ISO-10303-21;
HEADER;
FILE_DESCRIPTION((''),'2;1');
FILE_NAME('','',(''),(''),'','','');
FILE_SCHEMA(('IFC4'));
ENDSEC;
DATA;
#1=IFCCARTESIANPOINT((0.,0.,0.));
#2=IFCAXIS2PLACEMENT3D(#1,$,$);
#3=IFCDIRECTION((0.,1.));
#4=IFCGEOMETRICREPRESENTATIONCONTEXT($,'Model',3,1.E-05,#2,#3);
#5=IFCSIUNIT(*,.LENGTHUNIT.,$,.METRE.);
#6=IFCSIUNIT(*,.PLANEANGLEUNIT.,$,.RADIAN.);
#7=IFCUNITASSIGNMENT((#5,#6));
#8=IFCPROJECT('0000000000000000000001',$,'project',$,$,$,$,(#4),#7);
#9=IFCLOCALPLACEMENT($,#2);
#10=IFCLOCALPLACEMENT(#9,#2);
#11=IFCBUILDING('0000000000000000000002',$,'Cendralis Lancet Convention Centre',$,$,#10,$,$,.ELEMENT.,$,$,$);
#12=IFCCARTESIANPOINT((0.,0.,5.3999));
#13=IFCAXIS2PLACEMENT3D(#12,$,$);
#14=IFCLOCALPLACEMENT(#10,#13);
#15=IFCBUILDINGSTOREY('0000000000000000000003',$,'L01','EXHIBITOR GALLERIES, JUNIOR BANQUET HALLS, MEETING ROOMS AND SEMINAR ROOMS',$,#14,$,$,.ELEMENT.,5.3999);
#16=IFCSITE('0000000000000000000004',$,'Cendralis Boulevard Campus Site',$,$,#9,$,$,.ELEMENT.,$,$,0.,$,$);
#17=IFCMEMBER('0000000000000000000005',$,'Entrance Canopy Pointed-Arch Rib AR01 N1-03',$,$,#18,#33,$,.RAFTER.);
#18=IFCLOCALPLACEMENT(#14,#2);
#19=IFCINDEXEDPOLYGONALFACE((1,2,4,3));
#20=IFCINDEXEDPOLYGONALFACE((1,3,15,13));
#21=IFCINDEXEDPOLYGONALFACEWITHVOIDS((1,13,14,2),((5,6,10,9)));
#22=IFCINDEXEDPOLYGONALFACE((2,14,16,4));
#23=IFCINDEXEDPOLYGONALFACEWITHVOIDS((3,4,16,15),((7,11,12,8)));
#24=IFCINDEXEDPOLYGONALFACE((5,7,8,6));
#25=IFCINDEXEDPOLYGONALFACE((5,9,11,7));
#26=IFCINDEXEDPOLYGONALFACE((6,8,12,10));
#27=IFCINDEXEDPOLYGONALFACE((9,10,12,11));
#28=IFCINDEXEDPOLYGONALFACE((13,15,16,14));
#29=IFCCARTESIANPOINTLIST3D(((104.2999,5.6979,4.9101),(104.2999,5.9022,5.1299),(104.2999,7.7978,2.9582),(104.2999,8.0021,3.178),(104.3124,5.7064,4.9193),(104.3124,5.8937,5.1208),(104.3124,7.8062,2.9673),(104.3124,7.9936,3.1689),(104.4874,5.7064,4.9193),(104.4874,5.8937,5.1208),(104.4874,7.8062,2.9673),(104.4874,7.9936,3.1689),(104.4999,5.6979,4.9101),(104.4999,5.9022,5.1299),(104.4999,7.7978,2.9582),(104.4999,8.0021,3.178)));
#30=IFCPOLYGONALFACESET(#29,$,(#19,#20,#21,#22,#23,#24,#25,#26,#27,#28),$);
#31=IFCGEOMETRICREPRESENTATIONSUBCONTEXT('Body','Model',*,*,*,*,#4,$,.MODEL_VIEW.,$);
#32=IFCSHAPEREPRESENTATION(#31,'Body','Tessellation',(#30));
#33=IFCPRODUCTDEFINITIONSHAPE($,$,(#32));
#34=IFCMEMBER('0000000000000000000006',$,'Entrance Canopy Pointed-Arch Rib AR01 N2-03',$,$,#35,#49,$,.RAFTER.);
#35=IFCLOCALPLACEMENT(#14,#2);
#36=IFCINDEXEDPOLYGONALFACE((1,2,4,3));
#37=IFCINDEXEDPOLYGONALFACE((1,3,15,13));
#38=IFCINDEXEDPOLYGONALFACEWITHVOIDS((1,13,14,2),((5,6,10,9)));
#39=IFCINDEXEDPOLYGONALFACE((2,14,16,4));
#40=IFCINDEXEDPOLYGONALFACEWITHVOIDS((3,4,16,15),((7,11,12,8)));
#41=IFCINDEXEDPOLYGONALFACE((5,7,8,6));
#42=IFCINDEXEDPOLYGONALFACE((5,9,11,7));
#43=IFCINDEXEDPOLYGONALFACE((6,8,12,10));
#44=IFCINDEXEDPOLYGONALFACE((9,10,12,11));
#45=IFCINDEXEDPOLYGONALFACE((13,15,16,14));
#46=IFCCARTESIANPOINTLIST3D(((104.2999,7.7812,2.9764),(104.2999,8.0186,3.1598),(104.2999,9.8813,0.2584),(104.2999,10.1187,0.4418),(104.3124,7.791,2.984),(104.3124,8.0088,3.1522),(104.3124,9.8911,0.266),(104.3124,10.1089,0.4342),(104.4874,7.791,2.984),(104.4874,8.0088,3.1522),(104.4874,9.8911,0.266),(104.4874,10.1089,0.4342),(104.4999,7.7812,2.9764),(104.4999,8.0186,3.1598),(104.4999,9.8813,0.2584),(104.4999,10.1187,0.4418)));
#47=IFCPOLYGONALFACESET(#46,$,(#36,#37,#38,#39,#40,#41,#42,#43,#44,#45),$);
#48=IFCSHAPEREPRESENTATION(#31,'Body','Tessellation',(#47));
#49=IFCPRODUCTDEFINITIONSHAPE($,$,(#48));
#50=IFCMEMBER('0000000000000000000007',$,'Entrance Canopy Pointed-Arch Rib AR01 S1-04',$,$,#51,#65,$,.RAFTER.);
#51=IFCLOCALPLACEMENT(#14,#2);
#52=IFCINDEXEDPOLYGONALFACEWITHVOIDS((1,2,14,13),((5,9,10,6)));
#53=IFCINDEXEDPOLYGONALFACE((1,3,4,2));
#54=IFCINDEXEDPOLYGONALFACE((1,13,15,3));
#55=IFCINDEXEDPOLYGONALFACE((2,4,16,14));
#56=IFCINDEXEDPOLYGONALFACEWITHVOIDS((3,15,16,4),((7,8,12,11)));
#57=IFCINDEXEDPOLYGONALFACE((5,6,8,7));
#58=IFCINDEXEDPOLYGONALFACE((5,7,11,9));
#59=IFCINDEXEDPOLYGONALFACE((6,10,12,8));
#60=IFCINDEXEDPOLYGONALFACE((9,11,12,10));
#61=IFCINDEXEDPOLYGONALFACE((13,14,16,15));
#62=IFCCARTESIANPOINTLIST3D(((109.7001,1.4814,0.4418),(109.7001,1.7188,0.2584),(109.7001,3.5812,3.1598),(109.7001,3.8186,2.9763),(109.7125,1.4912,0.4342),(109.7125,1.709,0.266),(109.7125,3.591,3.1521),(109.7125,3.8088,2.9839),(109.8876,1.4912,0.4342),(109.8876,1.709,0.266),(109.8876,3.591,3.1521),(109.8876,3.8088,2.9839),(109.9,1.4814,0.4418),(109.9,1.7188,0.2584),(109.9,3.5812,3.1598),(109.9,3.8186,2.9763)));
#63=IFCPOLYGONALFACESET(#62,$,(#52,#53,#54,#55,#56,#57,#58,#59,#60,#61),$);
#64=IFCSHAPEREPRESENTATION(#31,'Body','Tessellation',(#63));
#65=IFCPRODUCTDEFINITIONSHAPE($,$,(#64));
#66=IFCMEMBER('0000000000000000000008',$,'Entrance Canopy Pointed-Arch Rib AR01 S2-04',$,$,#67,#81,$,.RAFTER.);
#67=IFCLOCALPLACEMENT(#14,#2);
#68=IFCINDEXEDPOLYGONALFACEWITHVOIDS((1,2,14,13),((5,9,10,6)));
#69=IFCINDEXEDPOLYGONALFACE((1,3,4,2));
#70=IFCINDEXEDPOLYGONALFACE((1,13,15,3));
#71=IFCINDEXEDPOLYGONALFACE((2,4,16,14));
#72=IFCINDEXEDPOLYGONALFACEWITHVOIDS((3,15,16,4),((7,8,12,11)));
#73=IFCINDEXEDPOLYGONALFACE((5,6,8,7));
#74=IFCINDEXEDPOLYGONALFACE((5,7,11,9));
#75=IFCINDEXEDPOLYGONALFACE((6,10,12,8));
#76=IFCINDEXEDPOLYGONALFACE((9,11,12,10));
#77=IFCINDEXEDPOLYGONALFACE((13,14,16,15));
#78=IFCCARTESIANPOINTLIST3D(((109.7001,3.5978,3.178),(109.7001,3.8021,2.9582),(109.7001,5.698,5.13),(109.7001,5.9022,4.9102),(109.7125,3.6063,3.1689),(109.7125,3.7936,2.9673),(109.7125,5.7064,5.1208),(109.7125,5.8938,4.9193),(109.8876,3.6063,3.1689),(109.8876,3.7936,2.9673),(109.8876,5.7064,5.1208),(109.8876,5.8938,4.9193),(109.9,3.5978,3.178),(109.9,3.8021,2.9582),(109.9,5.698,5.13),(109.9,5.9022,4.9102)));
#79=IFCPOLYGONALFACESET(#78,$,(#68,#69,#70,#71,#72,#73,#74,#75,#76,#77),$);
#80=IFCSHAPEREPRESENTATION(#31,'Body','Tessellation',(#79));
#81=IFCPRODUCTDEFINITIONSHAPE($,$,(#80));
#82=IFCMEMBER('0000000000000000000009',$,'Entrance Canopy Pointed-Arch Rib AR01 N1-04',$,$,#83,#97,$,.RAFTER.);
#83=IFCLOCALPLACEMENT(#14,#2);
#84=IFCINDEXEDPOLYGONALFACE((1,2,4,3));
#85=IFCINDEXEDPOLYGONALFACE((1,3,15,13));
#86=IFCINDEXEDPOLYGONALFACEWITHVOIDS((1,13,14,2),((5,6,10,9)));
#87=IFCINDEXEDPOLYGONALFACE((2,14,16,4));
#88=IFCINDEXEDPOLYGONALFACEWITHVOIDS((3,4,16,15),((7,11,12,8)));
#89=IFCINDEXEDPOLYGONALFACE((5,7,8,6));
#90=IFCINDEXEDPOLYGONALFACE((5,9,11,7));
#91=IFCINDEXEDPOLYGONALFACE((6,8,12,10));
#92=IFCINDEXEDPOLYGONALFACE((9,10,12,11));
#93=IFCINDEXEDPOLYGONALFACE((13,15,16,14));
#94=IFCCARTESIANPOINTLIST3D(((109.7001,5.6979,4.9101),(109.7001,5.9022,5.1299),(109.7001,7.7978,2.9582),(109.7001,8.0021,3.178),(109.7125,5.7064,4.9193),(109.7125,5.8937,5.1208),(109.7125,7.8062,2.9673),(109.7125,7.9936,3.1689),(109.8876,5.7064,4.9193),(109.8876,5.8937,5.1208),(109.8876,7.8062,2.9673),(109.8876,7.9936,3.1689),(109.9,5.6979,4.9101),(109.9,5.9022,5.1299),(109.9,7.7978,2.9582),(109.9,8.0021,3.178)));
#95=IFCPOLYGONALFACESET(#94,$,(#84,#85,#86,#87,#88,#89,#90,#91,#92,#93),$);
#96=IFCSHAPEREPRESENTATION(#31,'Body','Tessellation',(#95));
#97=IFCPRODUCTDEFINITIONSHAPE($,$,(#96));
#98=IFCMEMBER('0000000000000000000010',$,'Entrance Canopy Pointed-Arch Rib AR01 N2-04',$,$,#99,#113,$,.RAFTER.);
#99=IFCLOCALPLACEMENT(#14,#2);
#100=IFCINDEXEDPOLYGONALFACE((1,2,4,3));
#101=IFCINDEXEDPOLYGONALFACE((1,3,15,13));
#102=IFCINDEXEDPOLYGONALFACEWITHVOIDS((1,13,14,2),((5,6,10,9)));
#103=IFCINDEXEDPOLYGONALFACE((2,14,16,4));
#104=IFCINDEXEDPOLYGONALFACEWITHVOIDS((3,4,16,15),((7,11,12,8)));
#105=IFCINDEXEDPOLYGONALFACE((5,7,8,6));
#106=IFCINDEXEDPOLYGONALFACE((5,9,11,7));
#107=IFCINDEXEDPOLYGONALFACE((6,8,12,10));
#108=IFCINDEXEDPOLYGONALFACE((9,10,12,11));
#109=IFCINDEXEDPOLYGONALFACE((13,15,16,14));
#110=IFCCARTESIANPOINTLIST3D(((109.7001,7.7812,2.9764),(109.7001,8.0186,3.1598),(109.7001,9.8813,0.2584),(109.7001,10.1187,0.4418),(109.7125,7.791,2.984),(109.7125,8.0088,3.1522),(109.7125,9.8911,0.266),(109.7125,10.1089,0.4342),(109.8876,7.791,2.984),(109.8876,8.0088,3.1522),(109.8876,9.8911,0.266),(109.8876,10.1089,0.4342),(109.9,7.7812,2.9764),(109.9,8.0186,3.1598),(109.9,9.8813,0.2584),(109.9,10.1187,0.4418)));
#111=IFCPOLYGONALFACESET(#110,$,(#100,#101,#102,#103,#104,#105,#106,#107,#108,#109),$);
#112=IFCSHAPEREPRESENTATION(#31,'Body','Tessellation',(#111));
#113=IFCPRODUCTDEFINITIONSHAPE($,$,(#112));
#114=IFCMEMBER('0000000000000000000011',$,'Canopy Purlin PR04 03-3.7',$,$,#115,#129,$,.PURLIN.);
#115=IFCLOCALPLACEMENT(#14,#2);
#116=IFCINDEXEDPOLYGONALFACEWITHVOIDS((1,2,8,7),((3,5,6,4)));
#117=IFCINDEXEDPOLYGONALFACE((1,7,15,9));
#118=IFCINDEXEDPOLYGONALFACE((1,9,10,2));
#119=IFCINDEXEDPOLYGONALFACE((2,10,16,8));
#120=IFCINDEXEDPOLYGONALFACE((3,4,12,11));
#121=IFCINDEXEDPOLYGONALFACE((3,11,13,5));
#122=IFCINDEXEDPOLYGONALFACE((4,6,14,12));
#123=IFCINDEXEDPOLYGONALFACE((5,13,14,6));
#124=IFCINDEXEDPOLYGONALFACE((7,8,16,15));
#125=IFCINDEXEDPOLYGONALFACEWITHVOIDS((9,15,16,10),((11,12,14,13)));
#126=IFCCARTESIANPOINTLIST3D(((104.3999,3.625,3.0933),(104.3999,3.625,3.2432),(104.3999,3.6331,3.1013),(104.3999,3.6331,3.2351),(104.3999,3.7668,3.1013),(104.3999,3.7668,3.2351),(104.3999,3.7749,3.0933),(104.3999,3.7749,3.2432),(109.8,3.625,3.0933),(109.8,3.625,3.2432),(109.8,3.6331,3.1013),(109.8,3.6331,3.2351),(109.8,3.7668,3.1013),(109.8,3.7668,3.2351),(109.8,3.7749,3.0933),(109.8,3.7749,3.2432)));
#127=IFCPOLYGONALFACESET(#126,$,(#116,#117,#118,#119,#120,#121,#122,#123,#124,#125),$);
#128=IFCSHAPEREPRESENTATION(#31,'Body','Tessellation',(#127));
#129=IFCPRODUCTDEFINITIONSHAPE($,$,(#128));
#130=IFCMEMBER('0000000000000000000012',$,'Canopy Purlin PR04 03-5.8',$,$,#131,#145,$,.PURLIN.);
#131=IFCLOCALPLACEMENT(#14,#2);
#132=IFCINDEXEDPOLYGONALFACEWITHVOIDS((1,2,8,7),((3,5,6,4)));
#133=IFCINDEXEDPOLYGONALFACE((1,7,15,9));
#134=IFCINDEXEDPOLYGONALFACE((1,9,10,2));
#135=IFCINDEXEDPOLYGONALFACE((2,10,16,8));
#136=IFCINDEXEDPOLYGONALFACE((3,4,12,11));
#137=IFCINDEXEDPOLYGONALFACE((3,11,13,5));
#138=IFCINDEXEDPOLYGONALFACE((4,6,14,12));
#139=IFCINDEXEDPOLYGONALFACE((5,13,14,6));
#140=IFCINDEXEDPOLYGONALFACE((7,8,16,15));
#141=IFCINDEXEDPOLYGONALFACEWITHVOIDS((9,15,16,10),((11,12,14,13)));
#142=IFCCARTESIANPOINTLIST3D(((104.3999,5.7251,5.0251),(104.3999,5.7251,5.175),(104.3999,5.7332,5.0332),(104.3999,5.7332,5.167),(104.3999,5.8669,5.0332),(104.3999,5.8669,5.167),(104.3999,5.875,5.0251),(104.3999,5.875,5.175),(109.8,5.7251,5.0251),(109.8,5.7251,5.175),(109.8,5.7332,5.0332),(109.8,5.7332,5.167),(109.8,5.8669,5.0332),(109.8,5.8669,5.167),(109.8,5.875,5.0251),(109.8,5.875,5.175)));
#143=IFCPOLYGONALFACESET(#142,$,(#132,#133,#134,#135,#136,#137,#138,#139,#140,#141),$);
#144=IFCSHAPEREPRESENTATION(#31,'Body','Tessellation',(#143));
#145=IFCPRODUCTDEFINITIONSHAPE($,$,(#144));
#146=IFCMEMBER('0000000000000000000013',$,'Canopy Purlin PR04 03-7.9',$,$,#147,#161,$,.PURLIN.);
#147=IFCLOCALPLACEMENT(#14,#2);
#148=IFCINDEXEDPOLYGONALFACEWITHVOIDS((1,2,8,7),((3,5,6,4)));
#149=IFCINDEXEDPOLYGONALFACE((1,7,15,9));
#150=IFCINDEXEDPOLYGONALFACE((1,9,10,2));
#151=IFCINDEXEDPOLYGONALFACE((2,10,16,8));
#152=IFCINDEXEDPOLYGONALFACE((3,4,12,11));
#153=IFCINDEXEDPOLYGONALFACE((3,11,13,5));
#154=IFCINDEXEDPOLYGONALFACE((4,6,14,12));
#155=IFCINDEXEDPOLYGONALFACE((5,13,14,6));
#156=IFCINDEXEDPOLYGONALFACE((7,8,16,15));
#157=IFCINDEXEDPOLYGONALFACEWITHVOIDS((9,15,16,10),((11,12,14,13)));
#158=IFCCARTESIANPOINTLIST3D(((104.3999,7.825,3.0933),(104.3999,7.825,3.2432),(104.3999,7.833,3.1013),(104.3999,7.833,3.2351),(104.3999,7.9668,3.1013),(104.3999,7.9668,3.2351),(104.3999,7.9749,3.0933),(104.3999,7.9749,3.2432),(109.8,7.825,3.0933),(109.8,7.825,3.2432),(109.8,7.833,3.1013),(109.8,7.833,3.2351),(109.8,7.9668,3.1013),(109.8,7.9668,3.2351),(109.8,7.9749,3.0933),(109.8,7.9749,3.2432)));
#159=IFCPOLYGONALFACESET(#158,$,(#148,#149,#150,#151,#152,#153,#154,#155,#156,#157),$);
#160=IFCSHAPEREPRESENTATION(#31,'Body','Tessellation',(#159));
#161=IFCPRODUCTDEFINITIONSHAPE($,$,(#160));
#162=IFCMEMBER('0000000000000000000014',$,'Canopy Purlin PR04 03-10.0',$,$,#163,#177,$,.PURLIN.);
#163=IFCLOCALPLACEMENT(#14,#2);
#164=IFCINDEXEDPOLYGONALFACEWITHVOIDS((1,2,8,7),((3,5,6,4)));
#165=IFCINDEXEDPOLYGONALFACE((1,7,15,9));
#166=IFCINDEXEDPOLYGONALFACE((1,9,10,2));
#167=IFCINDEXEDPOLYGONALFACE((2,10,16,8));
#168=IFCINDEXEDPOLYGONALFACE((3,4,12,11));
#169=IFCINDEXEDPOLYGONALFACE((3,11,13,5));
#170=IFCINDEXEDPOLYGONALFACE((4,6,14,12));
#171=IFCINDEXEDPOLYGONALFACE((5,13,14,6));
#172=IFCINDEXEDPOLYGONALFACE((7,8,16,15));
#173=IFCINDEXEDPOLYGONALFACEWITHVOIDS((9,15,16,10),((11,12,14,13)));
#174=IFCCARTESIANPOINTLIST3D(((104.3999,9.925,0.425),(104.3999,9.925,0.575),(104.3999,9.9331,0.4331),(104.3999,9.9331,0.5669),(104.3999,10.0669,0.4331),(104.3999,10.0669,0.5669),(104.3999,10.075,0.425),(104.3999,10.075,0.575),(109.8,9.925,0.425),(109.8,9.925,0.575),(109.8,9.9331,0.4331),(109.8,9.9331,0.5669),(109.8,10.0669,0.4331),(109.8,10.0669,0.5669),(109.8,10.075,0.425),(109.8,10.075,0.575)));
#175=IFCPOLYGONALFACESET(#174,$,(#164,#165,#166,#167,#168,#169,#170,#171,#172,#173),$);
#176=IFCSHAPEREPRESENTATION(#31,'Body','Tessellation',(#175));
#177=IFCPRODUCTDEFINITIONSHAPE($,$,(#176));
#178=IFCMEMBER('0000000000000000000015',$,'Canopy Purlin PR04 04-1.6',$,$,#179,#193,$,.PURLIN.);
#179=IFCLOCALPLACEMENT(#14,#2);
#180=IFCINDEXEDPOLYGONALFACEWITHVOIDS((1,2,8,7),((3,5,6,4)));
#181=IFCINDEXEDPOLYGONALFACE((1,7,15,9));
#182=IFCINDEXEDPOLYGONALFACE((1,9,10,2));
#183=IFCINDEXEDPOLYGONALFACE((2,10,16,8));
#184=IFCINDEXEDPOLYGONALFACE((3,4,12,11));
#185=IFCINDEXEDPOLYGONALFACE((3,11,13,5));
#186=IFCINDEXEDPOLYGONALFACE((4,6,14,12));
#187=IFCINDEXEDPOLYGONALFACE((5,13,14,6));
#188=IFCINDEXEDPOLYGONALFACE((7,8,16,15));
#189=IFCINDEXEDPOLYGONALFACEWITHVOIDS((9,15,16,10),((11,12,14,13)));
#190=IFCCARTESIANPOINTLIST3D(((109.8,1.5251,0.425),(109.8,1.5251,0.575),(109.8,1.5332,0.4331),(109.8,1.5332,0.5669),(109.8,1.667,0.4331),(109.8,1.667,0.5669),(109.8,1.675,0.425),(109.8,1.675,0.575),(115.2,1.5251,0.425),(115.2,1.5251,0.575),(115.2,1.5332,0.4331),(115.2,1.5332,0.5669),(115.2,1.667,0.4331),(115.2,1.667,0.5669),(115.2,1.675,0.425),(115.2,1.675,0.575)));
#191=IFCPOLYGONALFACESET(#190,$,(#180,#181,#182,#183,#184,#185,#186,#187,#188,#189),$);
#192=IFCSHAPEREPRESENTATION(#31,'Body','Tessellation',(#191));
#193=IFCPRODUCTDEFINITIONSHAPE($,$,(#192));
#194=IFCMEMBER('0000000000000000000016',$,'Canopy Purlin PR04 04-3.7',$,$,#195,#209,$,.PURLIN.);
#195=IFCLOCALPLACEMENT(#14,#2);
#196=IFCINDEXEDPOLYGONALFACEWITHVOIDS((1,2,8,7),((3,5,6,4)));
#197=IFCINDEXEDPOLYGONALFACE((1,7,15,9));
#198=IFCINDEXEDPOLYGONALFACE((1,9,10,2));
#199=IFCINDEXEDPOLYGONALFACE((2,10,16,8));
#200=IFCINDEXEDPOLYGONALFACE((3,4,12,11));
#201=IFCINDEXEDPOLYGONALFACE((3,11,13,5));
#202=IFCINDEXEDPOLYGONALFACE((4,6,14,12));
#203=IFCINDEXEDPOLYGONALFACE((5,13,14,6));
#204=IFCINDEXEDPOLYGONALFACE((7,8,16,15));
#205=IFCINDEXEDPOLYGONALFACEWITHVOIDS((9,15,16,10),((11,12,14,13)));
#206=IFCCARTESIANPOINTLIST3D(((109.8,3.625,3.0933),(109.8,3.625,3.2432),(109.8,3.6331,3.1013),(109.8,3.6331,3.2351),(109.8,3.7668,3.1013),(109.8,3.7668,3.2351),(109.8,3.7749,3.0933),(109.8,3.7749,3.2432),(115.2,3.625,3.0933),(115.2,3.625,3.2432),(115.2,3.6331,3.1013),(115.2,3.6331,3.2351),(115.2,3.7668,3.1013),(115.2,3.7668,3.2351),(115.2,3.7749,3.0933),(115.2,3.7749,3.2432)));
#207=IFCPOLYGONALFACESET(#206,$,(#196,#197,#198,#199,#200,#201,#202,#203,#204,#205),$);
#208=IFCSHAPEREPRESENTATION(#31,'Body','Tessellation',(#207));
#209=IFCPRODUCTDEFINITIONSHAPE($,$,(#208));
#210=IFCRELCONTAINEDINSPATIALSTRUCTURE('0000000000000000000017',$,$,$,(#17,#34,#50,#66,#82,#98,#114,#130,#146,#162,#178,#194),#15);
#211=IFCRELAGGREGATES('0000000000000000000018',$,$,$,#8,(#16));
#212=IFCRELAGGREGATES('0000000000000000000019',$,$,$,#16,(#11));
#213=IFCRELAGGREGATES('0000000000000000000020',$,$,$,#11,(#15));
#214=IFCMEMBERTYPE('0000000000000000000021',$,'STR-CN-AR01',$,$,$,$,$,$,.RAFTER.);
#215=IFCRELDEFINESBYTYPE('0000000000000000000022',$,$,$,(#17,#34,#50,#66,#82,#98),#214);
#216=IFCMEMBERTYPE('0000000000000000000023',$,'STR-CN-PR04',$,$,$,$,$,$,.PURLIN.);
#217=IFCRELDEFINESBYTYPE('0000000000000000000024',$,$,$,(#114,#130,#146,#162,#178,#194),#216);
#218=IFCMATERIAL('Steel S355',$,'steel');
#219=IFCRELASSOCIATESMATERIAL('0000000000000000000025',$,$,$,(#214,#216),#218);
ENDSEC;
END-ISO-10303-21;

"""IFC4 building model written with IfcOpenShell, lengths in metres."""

from ifc_helpers import new_model, si_unit, direction, frame, origin, origin_2d, place, context, subcontext, project, spatial, hollow_rectangle, extrude, material, material_profile, profile_set, type_object, element, save


model = new_model("IFC4")

# Units and contexts
model_context = context("Model", 3, precision=1e-05, world=origin(), true_north=direction((0.0, 1.0)))
body_context = subcontext(model_context, "Body", "Model", "MODEL_VIEW")
ifc_project = project(units=[si_unit("LENGTHUNIT", "METRE"), si_unit("PLANEANGLEUNIT", "RADIAN")], contexts=[model_context])

# Site, building, storey
site_placement = place(None, origin())
site = spatial("IfcSite", under=ifc_project, at=site_placement, Name="Cendralis Boulevard Campus Site", CompositionType="ELEMENT", RefElevation=0.0)
building_placement = place(site_placement, origin())
building = spatial("IfcBuilding", under=site, at=building_placement, Name="Cendralis Lancet Convention Centre", CompositionType="ELEMENT")
storey_placement = place(building_placement, frame((0.0, 0.0, 5.3999)))
storey = spatial("IfcBuildingStorey", under=building, at=storey_placement, Name="L01", Description="EXHIBITOR GALLERIES, JUNIOR BANQUET HALLS, MEETING ROOMS AND SEMINAR ROOMS", CompositionType="ELEMENT", Elevation=5.3999)

# Members
ifc_material = material(Name="Steel S355", Category="steel")
ifc_material_profile_1 = material_profile(ifc_material, hollow_rectangle(XDim=0.2, YDim=0.3, WallThickness=0.0125, at=origin_2d()), Name="RHS 300x200x12.5")
ifc_profile_set_1 = profile_set([ifc_material_profile_1], Name="Steel S355")
member_type_1 = type_object("IfcMemberType", Name="STR-CN-AR01", PredefinedType="RAFTER", material=ifc_profile_set_1)
member_1_placement = place(storey_placement, frame((104.3999, 5.8, 5.02), z_axis=(0.0, 0.732439, -0.680833), x_axis=(-1.0, 0.0, 0.0)))
element("IfcMember", 1, at=member_1_placement, inside=storey, type_object=member_type_1, Name="Entrance Canopy Pointed-Arch Rib AR01 N1-03", PredefinedType="RAFTER", context=body_context, shape_type="SweptSolid", body=[
    extrude(hollow_rectangle(XDim=0.2, YDim=0.3, WallThickness=0.0125, at=origin_2d()), origin(), (0.0, 0.0, 1.0), 2.8669),
])
member_2_placement = place(storey_placement, frame((104.3999, 7.8999, 3.0681), z_axis=(0.0, 0.611413, -0.791312), x_axis=(-1.0, 0.0, 0.0)))
element("IfcMember", 2, at=member_2_placement, inside=storey, type_object=member_type_1, Name="Entrance Canopy Pointed-Arch Rib AR01 N2-03", PredefinedType="RAFTER", context=body_context, shape_type="SweptSolid", body=[
    extrude(hollow_rectangle(XDim=0.2, YDim=0.3, WallThickness=0.0125, at=origin_2d()), origin(), (0.0, 0.0, 1.0), 3.4348),
])
member_3_placement = place(storey_placement, frame((109.8, 1.6001, 0.3501), z_axis=(0.0, 0.611369, 0.791346), x_axis=(-1.0, 0.0, 0.0)))
element("IfcMember", 3, at=member_3_placement, inside=storey, type_object=member_type_1, Name="Entrance Canopy Pointed-Arch Rib AR01 S1-04", PredefinedType="RAFTER", context=body_context, shape_type="SweptSolid", body=[
    extrude(hollow_rectangle(XDim=0.2, YDim=0.3, WallThickness=0.0125, at=origin_2d()), origin(), (0.0, 0.0, 1.0), 3.4346),
])
member_4_placement = place(storey_placement, frame((109.8, 3.7, 3.0681), z_axis=(0.0, 0.732478, 0.680791), x_axis=(-1.0, 0.0, 0.0)))
element("IfcMember", 4, at=member_4_placement, inside=storey, type_object=member_type_1, Name="Entrance Canopy Pointed-Arch Rib AR01 S2-04", PredefinedType="RAFTER", context=body_context, shape_type="SweptSolid", body=[
    extrude(hollow_rectangle(XDim=0.2, YDim=0.3, WallThickness=0.0125, at=origin_2d()), origin(), (0.0, 0.0, 1.0), 2.8672),
])
member_5_placement = place(storey_placement, frame((109.8, 5.8, 5.02), z_axis=(0.0, 0.732439, -0.680833), x_axis=(-1.0, 0.0, 0.0)))
element("IfcMember", 5, at=member_5_placement, inside=storey, type_object=member_type_1, Name="Entrance Canopy Pointed-Arch Rib AR01 N1-04", PredefinedType="RAFTER", context=body_context, shape_type="SweptSolid", body=[
    extrude(hollow_rectangle(XDim=0.2, YDim=0.3, WallThickness=0.0125, at=origin_2d()), origin(), (0.0, 0.0, 1.0), 2.8669),
])
member_6_placement = place(storey_placement, frame((109.8, 7.8999, 3.0681), z_axis=(0.0, 0.611413, -0.791312), x_axis=(-1.0, 0.0, 0.0)))
element("IfcMember", 6, at=member_6_placement, inside=storey, type_object=member_type_1, Name="Entrance Canopy Pointed-Arch Rib AR01 N2-04", PredefinedType="RAFTER", context=body_context, shape_type="SweptSolid", body=[
    extrude(hollow_rectangle(XDim=0.2, YDim=0.3, WallThickness=0.0125, at=origin_2d()), origin(), (0.0, 0.0, 1.0), 3.4348),
])
ifc_material_profile_2 = material_profile(ifc_material, hollow_rectangle(XDim=0.1499, YDim=0.1499, WallThickness=0.0081, at=origin_2d()), Name="SHS 150x150x8.0")
ifc_profile_set_2 = profile_set([ifc_material_profile_2], Name="Steel S355")
member_type_2 = type_object("IfcMemberType", Name="STR-CN-PR04", PredefinedType="PURLIN", material=ifc_profile_set_2)
for number, where, z_axis, x_axis, name in (
    (7, (104.3999, 3.7, 3.1682), (1.0, 0.0, 0.0), (0.0, 1.0, 0.0), "Canopy Purlin PR04 03-3.7"),
    (8, (104.3999, 5.8, 5.1001), (1.0, 0.0, 0.0), (0.0, 1.0, 0.0), "Canopy Purlin PR04 03-5.8"),
    (9, (104.3999, 7.8999, 3.1682), (1.0, 0.0, 0.0), (0.0, 1.0, 0.0), "Canopy Purlin PR04 03-7.9"),
    (10, (104.3999, 10.0, 0.5), (1.0, 0.0, 0.0), (0.0, 1.0, 0.0), "Canopy Purlin PR04 03-10.0"),
):
    element("IfcMember", number, at=place(storey_placement, frame(where, z_axis=z_axis, x_axis=x_axis)), inside=storey, type_object=member_type_2, Name=name, PredefinedType="PURLIN", context=body_context, shape_type="SweptSolid", body=[
        extrude(hollow_rectangle(XDim=0.1499, YDim=0.1499, WallThickness=0.0081, at=origin_2d()), origin(), (0.0, 0.0, 1.0), 5.4001),
    ])
for number, where, z_axis, x_axis, name in (
    (11, (109.8, 1.6001, 0.5), (1.0, 0.0, 0.0), (0.0, 1.0, 0.0), "Canopy Purlin PR04 04-1.6"),
    (12, (109.8, 3.7, 3.1682), (1.0, 0.0, 0.0), (0.0, 1.0, 0.0), "Canopy Purlin PR04 04-3.7"),
):
    element("IfcMember", number, at=place(storey_placement, frame(where, z_axis=z_axis, x_axis=x_axis)), inside=storey, type_object=member_type_2, Name=name, PredefinedType="PURLIN", context=body_context, shape_type="SweptSolid", body=[
        extrude(hollow_rectangle(XDim=0.1499, YDim=0.1499, WallThickness=0.0081, at=origin_2d()), origin(), (0.0, 0.0, 1.0), 5.3999),
    ])

save(model, "model.ifc")
